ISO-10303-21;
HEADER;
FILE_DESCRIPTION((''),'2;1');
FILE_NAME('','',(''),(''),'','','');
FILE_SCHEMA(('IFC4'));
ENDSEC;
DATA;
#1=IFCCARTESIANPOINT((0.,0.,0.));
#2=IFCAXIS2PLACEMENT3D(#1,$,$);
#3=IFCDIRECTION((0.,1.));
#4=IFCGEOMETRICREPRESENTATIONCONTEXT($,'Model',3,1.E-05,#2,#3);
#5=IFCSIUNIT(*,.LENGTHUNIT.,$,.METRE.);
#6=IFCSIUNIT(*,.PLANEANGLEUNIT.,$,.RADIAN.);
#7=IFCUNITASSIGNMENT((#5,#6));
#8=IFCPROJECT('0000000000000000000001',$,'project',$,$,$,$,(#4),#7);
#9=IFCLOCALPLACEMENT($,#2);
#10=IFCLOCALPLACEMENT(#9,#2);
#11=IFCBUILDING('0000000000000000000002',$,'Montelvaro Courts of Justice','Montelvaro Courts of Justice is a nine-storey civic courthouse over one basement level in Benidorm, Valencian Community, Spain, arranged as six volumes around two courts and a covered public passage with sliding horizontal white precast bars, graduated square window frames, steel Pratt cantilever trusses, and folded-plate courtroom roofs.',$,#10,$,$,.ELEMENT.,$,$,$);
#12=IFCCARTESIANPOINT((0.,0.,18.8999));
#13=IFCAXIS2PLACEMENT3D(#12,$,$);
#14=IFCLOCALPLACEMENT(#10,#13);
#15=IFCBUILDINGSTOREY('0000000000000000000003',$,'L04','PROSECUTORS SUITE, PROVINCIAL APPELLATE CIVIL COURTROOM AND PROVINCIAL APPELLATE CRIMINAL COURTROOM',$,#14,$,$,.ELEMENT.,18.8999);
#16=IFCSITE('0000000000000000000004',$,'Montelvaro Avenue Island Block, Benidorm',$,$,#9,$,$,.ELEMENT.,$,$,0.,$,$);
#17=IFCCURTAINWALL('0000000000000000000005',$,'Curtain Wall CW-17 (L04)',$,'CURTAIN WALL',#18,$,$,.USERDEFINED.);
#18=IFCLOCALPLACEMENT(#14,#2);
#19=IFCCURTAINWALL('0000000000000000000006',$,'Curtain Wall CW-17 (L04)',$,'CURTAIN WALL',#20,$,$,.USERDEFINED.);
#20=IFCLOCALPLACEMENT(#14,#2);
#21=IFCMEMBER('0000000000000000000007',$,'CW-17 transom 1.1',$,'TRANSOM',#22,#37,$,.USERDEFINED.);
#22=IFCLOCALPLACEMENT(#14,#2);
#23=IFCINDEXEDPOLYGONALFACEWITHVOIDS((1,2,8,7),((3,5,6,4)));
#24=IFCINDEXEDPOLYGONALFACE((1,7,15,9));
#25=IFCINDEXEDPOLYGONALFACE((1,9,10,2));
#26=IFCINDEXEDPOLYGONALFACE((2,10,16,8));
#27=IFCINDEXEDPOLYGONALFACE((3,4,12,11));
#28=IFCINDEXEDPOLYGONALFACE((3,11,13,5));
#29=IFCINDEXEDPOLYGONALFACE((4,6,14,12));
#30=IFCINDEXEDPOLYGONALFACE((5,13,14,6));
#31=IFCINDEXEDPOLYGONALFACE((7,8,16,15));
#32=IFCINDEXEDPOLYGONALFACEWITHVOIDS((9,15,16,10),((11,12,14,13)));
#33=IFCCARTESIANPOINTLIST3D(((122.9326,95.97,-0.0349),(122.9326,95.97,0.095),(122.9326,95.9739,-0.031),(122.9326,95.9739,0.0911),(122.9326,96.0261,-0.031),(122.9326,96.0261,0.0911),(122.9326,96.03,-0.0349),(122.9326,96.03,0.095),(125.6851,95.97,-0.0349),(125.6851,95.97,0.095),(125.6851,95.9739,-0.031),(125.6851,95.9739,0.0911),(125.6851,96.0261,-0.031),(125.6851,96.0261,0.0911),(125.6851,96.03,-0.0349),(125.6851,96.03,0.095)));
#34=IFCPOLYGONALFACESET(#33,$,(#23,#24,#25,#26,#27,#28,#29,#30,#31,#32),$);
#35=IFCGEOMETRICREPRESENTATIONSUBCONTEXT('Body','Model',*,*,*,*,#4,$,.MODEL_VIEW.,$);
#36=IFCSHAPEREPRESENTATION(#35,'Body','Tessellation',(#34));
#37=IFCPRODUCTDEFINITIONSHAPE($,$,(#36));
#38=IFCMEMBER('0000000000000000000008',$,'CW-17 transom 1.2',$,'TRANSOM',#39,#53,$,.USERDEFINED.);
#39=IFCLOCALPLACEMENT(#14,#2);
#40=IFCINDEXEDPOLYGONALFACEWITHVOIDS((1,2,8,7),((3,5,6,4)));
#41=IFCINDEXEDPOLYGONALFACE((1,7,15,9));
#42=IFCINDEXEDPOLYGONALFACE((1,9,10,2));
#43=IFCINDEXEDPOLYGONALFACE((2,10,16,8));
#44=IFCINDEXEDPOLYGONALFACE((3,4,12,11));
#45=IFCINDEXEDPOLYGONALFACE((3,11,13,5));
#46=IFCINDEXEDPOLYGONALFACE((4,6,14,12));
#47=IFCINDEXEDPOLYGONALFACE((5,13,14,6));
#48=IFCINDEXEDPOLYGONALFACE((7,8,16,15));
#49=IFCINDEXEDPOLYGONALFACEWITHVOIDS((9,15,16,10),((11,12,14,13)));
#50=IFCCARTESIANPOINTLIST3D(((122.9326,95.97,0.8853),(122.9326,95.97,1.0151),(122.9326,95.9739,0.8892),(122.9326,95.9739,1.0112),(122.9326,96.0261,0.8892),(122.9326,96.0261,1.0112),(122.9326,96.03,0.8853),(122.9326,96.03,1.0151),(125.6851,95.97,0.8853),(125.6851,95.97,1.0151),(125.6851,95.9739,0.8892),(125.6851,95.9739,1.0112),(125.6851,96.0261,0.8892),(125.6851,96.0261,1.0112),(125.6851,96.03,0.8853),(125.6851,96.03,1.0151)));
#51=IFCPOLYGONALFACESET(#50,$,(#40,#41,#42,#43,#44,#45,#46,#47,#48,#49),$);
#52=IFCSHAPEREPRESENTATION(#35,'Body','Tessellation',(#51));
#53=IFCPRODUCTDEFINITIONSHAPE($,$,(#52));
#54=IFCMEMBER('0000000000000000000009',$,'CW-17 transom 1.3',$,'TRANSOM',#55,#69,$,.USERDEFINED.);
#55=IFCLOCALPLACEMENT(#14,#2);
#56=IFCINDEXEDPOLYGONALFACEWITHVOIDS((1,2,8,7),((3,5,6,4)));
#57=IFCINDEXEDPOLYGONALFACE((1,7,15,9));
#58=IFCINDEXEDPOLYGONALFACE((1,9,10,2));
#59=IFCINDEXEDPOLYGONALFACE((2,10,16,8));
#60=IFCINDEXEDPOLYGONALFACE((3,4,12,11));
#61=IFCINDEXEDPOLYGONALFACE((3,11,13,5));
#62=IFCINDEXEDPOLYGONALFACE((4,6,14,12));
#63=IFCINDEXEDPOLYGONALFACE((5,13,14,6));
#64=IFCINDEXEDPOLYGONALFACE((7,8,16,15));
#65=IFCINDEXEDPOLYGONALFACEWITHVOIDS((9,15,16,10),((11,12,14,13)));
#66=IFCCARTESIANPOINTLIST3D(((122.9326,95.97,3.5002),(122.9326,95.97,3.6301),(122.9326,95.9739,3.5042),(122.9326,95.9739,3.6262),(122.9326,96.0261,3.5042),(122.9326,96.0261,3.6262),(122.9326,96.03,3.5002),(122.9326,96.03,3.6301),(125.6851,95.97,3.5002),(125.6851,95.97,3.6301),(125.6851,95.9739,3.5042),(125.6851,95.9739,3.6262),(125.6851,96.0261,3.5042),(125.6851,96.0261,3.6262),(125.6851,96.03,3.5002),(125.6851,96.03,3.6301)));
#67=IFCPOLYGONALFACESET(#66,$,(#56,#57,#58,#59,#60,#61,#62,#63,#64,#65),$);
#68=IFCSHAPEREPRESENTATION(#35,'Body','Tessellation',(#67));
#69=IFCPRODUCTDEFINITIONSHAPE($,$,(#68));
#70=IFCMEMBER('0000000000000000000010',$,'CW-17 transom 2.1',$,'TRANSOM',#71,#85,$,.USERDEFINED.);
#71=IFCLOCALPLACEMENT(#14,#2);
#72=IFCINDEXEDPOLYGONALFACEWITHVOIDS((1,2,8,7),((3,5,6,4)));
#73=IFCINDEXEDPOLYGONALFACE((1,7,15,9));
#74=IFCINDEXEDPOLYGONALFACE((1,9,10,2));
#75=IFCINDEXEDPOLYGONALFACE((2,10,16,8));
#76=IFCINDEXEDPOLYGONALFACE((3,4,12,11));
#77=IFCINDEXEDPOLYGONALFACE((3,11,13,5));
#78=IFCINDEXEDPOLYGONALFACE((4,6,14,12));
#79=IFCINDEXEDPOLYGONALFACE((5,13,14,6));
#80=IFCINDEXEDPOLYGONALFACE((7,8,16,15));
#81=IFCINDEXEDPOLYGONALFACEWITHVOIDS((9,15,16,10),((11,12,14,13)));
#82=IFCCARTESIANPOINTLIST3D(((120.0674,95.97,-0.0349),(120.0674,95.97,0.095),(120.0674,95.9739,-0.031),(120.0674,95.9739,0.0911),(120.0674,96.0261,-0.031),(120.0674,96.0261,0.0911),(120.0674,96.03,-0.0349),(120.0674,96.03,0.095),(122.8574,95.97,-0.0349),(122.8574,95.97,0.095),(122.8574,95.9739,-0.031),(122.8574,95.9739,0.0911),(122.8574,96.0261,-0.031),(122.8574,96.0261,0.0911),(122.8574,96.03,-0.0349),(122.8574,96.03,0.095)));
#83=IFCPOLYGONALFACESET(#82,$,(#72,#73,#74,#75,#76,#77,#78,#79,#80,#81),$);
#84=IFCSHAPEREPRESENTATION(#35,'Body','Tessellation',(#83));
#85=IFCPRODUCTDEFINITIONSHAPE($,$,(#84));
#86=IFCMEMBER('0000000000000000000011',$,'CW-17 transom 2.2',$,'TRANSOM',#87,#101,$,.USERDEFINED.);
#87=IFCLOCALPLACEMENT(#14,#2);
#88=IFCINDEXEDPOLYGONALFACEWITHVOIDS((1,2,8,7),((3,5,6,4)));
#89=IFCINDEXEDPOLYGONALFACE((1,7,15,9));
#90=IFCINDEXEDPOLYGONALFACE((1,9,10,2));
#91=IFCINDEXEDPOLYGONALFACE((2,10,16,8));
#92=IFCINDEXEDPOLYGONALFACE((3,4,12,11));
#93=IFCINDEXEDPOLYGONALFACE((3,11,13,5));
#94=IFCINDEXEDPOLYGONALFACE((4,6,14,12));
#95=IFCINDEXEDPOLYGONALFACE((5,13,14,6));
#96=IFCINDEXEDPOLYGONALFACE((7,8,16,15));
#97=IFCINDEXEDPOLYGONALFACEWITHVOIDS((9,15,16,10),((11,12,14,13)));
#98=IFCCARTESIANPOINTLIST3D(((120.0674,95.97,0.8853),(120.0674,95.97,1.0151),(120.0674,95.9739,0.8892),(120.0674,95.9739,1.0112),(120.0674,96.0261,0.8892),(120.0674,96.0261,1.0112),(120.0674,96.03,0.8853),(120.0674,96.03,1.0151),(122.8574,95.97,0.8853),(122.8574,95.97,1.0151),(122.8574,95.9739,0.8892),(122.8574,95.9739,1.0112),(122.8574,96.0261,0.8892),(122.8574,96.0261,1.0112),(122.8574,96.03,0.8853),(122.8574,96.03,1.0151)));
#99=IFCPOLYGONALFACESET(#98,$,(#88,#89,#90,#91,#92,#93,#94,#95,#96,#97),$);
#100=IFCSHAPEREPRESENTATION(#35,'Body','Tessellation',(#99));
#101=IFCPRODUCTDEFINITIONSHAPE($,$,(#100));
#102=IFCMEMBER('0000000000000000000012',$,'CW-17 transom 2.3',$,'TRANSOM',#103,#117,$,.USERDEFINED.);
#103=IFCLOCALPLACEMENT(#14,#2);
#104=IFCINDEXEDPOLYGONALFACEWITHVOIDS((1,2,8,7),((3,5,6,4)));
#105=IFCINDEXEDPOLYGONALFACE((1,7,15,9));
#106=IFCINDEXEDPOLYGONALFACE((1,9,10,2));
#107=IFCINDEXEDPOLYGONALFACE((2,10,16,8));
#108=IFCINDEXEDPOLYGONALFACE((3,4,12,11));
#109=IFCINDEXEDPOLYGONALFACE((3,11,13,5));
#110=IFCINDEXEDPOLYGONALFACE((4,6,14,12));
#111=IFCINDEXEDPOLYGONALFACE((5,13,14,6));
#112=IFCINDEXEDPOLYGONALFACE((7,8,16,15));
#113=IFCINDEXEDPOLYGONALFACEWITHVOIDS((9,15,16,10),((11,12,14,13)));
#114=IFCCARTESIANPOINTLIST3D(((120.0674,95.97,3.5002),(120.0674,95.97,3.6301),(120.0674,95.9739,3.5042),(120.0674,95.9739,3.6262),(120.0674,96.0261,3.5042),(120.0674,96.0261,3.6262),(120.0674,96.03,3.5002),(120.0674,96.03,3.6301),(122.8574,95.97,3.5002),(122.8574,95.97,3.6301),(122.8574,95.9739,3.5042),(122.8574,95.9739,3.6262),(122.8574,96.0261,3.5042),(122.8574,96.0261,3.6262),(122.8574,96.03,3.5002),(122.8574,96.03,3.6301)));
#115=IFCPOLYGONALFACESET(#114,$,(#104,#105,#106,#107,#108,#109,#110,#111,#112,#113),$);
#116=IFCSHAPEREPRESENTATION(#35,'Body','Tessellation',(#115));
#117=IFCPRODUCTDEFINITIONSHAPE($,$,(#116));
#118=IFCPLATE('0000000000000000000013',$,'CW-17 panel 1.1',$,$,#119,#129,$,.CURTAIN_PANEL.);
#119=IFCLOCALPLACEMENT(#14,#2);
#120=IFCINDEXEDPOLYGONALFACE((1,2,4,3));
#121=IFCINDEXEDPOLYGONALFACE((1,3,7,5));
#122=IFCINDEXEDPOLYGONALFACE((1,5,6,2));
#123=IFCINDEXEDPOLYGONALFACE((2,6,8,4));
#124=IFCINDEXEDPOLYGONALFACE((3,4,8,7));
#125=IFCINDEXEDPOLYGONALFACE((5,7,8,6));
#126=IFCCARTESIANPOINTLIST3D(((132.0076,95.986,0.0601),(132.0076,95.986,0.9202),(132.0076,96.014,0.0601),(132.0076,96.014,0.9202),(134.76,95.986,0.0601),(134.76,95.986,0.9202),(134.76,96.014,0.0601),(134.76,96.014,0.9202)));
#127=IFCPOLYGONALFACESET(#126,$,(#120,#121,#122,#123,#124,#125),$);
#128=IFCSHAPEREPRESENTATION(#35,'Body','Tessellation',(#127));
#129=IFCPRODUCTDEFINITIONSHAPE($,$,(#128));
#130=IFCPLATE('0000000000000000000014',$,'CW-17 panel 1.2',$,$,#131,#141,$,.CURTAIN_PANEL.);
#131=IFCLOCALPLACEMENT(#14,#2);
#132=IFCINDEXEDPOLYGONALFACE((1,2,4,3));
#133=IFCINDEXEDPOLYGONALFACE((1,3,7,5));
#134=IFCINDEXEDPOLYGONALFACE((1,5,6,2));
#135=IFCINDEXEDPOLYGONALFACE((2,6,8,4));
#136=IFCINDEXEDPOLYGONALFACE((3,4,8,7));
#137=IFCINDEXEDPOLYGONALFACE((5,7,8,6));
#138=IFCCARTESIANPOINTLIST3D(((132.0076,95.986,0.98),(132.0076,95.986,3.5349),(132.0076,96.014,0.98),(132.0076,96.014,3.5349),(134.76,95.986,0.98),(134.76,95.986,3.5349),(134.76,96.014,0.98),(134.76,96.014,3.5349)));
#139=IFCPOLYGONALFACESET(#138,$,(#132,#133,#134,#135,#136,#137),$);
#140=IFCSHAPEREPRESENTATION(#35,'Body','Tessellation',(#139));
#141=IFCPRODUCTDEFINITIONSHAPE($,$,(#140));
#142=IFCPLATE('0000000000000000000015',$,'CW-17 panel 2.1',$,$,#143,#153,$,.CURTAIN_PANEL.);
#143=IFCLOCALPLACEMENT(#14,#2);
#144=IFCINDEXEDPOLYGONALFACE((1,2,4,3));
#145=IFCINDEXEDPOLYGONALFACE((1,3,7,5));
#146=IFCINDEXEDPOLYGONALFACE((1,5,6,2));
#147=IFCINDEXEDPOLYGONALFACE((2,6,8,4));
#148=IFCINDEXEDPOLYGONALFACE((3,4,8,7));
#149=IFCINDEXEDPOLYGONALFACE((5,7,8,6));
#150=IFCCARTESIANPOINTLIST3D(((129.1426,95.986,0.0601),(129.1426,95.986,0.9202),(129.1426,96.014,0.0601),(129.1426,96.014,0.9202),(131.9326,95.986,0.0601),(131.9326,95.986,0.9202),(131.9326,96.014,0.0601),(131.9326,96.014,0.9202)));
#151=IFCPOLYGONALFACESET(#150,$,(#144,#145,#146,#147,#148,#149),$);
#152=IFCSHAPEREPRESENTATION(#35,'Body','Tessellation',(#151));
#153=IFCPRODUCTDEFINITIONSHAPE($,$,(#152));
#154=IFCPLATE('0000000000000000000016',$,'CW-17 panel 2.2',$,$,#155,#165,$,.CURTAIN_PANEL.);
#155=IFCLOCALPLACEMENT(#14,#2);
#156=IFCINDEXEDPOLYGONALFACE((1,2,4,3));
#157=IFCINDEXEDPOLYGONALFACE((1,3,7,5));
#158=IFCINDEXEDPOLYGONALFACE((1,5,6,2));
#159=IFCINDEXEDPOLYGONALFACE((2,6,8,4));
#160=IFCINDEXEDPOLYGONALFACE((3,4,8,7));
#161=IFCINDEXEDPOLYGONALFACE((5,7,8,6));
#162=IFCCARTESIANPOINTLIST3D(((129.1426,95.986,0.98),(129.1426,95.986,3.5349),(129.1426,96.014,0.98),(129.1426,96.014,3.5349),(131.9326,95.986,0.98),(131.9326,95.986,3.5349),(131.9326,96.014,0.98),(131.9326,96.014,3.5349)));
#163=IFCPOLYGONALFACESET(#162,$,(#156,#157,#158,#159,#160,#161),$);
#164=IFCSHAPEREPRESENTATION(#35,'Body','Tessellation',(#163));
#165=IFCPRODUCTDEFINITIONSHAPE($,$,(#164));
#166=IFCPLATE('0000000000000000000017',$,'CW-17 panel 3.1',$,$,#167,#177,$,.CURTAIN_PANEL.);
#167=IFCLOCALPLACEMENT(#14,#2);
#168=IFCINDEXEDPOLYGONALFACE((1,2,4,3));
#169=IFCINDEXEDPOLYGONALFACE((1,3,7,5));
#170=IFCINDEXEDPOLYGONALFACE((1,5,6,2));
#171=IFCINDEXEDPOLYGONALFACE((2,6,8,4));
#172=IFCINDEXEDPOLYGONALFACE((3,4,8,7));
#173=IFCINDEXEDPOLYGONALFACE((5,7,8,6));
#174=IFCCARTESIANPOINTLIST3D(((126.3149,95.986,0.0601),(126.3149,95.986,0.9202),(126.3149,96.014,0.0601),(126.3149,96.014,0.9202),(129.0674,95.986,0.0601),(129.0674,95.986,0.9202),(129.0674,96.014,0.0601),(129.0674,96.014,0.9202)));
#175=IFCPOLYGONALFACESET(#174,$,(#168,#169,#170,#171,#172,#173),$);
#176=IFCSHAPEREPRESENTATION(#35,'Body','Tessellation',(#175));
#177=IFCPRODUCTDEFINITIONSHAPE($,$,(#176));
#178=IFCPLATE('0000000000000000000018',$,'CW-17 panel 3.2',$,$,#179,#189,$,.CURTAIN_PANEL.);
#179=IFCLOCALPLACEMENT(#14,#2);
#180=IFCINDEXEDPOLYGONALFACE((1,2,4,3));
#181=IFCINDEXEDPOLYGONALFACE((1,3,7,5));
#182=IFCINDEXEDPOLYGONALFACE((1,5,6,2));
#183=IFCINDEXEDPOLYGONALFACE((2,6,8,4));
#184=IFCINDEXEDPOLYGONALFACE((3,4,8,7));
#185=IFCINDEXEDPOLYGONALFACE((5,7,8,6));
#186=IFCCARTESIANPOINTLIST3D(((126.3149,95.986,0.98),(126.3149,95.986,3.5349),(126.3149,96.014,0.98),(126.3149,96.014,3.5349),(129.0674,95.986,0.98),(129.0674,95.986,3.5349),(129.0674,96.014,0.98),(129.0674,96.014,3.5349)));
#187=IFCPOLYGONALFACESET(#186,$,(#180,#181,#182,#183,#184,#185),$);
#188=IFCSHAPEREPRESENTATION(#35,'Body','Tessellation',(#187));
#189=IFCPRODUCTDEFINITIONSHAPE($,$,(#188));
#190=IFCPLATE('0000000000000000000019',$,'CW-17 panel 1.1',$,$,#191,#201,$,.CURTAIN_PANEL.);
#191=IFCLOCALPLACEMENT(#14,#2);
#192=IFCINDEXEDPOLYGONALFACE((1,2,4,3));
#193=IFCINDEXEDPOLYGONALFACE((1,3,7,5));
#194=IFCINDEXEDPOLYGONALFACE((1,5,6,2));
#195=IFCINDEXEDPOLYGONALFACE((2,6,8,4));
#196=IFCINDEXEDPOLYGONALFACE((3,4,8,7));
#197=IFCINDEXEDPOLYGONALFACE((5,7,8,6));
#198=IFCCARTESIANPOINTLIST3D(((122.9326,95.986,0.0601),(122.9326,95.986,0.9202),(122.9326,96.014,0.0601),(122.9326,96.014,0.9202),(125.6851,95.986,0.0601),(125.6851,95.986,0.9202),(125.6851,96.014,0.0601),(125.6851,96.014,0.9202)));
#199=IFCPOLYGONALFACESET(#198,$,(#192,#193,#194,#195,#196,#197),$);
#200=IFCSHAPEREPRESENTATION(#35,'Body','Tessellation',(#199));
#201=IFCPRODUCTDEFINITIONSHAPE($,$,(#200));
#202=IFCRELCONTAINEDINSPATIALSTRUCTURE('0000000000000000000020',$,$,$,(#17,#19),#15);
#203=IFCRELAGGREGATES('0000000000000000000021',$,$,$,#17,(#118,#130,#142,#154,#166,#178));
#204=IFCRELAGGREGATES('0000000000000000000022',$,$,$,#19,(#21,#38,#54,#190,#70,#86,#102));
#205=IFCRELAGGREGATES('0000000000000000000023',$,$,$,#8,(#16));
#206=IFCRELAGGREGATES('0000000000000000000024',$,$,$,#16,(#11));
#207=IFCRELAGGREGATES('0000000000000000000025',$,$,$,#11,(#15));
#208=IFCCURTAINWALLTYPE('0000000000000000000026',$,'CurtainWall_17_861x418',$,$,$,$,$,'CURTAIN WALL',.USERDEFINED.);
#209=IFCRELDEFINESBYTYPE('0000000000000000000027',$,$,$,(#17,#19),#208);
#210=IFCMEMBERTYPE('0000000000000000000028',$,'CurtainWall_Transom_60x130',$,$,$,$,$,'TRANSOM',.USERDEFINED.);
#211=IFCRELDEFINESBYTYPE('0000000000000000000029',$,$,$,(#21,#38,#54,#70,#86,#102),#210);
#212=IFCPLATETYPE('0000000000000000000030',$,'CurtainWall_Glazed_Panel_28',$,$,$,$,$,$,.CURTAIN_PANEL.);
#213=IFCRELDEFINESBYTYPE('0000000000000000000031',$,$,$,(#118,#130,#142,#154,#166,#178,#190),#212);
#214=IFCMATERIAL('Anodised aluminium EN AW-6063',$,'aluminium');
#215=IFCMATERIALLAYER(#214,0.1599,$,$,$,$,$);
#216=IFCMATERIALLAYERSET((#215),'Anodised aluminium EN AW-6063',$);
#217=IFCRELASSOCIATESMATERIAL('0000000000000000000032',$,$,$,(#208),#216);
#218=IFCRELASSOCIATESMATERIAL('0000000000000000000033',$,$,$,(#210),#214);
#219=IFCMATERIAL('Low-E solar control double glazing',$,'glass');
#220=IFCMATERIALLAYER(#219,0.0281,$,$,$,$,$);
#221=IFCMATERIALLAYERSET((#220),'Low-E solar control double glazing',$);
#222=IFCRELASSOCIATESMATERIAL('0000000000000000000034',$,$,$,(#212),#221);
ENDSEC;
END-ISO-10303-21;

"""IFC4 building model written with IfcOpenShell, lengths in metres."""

from ifc_helpers import new_model, si_unit, direction, frame, origin, origin_2d, place, context, subcontext, project, spatial, rectangle, hollow_rectangle, extrude, material, layer, layer_set, material_profile, profile_set, type_object, element, aggregate, save


model = new_model("IFC4")

# Units and contexts
model_context = context("Model", 3, precision=1e-05, world=origin(), true_north=direction((0.0, 1.0)))
body_context = subcontext(model_context, "Body", "Model", "MODEL_VIEW")
ifc_project = project(units=[si_unit("LENGTHUNIT", "METRE"), si_unit("PLANEANGLEUNIT", "RADIAN")], contexts=[model_context])

# Site, building, storey
site_placement = place(None, origin())
site = spatial("IfcSite", under=ifc_project, at=site_placement, Name="Montelvaro Avenue Island Block, Benidorm", CompositionType="ELEMENT", RefElevation=0.0)
building_placement = place(site_placement, origin())
building = spatial("IfcBuilding", under=site, at=building_placement, Name="Montelvaro Courts of Justice", Description="Montelvaro Courts of Justice is a nine-storey civic courthouse over one basement level in Benidorm, Valencian Community, Spain, arranged as six volumes around two courts and a covered public passage with sliding horizontal white precast bars, graduated square window frames, steel Pratt cantilever trusses, and folded-plate courtroom roofs.", CompositionType="ELEMENT")
storey_placement = place(building_placement, frame((0.0, 0.0, 18.8999)))
storey = spatial("IfcBuildingStorey", under=building, at=storey_placement, Name="L04", Description="PROSECUTORS SUITE, PROVINCIAL APPELLATE CIVIL COURTROOM AND PROVINCIAL APPELLATE CRIMINAL COURTROOM", CompositionType="ELEMENT", Elevation=18.8999)

# Shared definitions
ifc_material_1 = material(Name="Anodised aluminium EN AW-6063", Category="aluminium")

# Curtain walls
ifc_layer_1 = layer(ifc_material_1, 0.1599)
ifc_layer_set_1 = layer_set([ifc_layer_1], Name="Anodised aluminium EN AW-6063")
curtain_wall_type_1 = type_object("IfcCurtainWallType", Name="CurtainWall_17_861x418", ElementType="CURTAIN WALL", PredefinedType="USERDEFINED", material=ifc_layer_set_1)
curtain_wall_1_placement = place(storey_placement, origin())
curtain_wall_1 = element("IfcCurtainWall", 1, at=curtain_wall_1_placement, inside=storey, type_object=curtain_wall_type_1, Name="Curtain Wall CW-17 (L04)", ObjectType="CURTAIN WALL", PredefinedType="USERDEFINED")
curtain_wall_2_placement = place(storey_placement, origin())
curtain_wall_2 = element("IfcCurtainWall", 2, at=curtain_wall_2_placement, inside=storey, type_object=curtain_wall_type_1, Name="Curtain Wall CW-17 (L04)", ObjectType="CURTAIN WALL", PredefinedType="USERDEFINED")

# Members
ifc_material_profile_1 = material_profile(ifc_material_1, hollow_rectangle(XDim=0.0601, YDim=0.1299, WallThickness=0.0039, at=origin_2d()), Name="ALU-T 60x130")
ifc_profile_set_1 = profile_set([ifc_material_profile_1], Name="Anodised aluminium EN AW-6063")
member_type_1 = type_object("IfcMemberType", Name="CurtainWall_Transom_60x130", ElementType="TRANSOM", PredefinedType="USERDEFINED", material=ifc_profile_set_1)
member_1_placement = place(storey_placement, frame((125.6851, 96.0, 0.03), z_axis=(-1.0, 0.0, 0.0), x_axis=(0.0, -1.0, 0.0)))
member_1 = element("IfcMember", 3, at=member_1_placement, type_object=member_type_1, Name="CW-17 transom 1.1", ObjectType="TRANSOM", PredefinedType="USERDEFINED", context=body_context, shape_type="SweptSolid", body=[
    extrude(hollow_rectangle(XDim=0.0601, YDim=0.1299, WallThickness=0.0039, at=origin_2d()), origin(), (0.0, 0.0, 1.0), 2.7524),
])
member_2_placement = place(storey_placement, frame((125.6851, 96.0, 0.9502), z_axis=(-1.0, 0.0, 0.0), x_axis=(0.0, -1.0, 0.0)))
member_2 = element("IfcMember", 4, at=member_2_placement, type_object=member_type_1, Name="CW-17 transom 1.2", ObjectType="TRANSOM", PredefinedType="USERDEFINED", context=body_context, shape_type="SweptSolid", body=[
    extrude(hollow_rectangle(XDim=0.0601, YDim=0.1299, WallThickness=0.0039, at=origin_2d()), origin(), (0.0, 0.0, 1.0), 2.7524),
])
member_3_placement = place(storey_placement, frame((125.6851, 96.0, 3.5652), z_axis=(-1.0, 0.0, 0.0), x_axis=(0.0, -1.0, 0.0)))
member_3 = element("IfcMember", 5, at=member_3_placement, type_object=member_type_1, Name="CW-17 transom 1.3", ObjectType="TRANSOM", PredefinedType="USERDEFINED", context=body_context, shape_type="SweptSolid", body=[
    extrude(hollow_rectangle(XDim=0.0601, YDim=0.1299, WallThickness=0.0039, at=origin_2d()), origin(), (0.0, 0.0, 1.0), 2.7524),
])
member_4_placement = place(storey_placement, frame((122.8574, 96.0, 0.03), z_axis=(-1.0, 0.0, 0.0), x_axis=(0.0, -1.0, 0.0)))
member_4 = element("IfcMember", 6, at=member_4_placement, type_object=member_type_1, Name="CW-17 transom 2.1", ObjectType="TRANSOM", PredefinedType="USERDEFINED", context=body_context, shape_type="SweptSolid", body=[
    extrude(hollow_rectangle(XDim=0.0601, YDim=0.1299, WallThickness=0.0039, at=origin_2d()), origin(), (0.0, 0.0, 1.0), 2.79),
])
member_5_placement = place(storey_placement, frame((122.8574, 96.0, 0.9502), z_axis=(-1.0, 0.0, 0.0), x_axis=(0.0, -1.0, 0.0)))
member_5 = element("IfcMember", 7, at=member_5_placement, type_object=member_type_1, Name="CW-17 transom 2.2", ObjectType="TRANSOM", PredefinedType="USERDEFINED", context=body_context, shape_type="SweptSolid", body=[
    extrude(hollow_rectangle(XDim=0.0601, YDim=0.1299, WallThickness=0.0039, at=origin_2d()), origin(), (0.0, 0.0, 1.0), 2.79),
])
member_6_placement = place(storey_placement, frame((122.8574, 96.0, 3.5652), z_axis=(-1.0, 0.0, 0.0), x_axis=(0.0, -1.0, 0.0)))
member_6 = element("IfcMember", 8, at=member_6_placement, type_object=member_type_1, Name="CW-17 transom 2.3", ObjectType="TRANSOM", PredefinedType="USERDEFINED", context=body_context, shape_type="SweptSolid", body=[
    extrude(hollow_rectangle(XDim=0.0601, YDim=0.1299, WallThickness=0.0039, at=origin_2d()), origin(), (0.0, 0.0, 1.0), 2.79),
])

# Plates
ifc_material_2 = material(Name="Low-E solar control double glazing", Category="glass")
ifc_layer_2 = layer(ifc_material_2, 0.0281)
ifc_layer_set_2 = layer_set([ifc_layer_2], Name="Low-E solar control double glazing")
plate_type = type_object("IfcPlateType", Name="CurtainWall_Glazed_Panel_28", PredefinedType="CURTAIN_PANEL", material=ifc_layer_set_2)
plate_1_placement = place(storey_placement, frame((133.3838, 96.0, 0.0601), z_axis=(0.0, 0.0, 1.0), x_axis=(-1.0, 0.0, 0.0)))
plate_1 = element("IfcPlate", 9, at=plate_1_placement, type_object=plate_type, Name="CW-17 panel 1.1", PredefinedType="CURTAIN_PANEL", context=body_context, shape_type="SweptSolid", body=[
    extrude(rectangle(XDim=2.7524, YDim=0.0281, at=origin_2d()), origin(), (0.0, 0.0, 1.0), 0.8601),
])
plate_2_placement = place(storey_placement, frame((133.3838, 96.0, 0.98), z_axis=(0.0, 0.0, 1.0), x_axis=(-1.0, 0.0, 0.0)))
plate_2 = element("IfcPlate", 10, at=plate_2_placement, type_object=plate_type, Name="CW-17 panel 1.2", PredefinedType="CURTAIN_PANEL", context=body_context, shape_type="SweptSolid", body=[
    extrude(rectangle(XDim=2.7524, YDim=0.0281, at=origin_2d()), origin(), (0.0, 0.0, 1.0), 2.5549),
])
plate_3_placement = place(storey_placement, frame((130.5376, 96.0, 0.0601), z_axis=(0.0, 0.0, 1.0), x_axis=(-1.0, 0.0, 0.0)))
plate_3 = element("IfcPlate", 11, at=plate_3_placement, type_object=plate_type, Name="CW-17 panel 2.1", PredefinedType="CURTAIN_PANEL", context=body_context, shape_type="SweptSolid", body=[
    extrude(rectangle(XDim=2.79, YDim=0.0281, at=origin_2d()), origin(), (0.0, 0.0, 1.0), 0.8601),
])
plate_4_placement = place(storey_placement, frame((130.5376, 96.0, 0.98), z_axis=(0.0, 0.0, 1.0), x_axis=(-1.0, 0.0, 0.0)))
plate_4 = element("IfcPlate", 12, at=plate_4_placement, type_object=plate_type, Name="CW-17 panel 2.2", PredefinedType="CURTAIN_PANEL", context=body_context, shape_type="SweptSolid", body=[
    extrude(rectangle(XDim=2.79, YDim=0.0281, at=origin_2d()), origin(), (0.0, 0.0, 1.0), 2.5549),
])
plate_5_placement = place(storey_placement, frame((127.6912, 96.0, 0.0601), z_axis=(0.0, 0.0, 1.0), x_axis=(-1.0, 0.0, 0.0)))
plate_5 = element("IfcPlate", 13, at=plate_5_placement, type_object=plate_type, Name="CW-17 panel 3.1", PredefinedType="CURTAIN_PANEL", context=body_context, shape_type="SweptSolid", body=[
    extrude(rectangle(XDim=2.7524, YDim=0.0281, at=origin_2d()), origin(), (0.0, 0.0, 1.0), 0.8601),
])
plate_6_placement = place(storey_placement, frame((127.6912, 96.0, 0.98), z_axis=(0.0, 0.0, 1.0), x_axis=(-1.0, 0.0, 0.0)))
plate_6 = element("IfcPlate", 14, at=plate_6_placement, type_object=plate_type, Name="CW-17 panel 3.2", PredefinedType="CURTAIN_PANEL", context=body_context, shape_type="SweptSolid", body=[
    extrude(rectangle(XDim=2.7524, YDim=0.0281, at=origin_2d()), origin(), (0.0, 0.0, 1.0), 2.5549),
])
aggregate(curtain_wall_1, [plate_1, plate_2, plate_3, plate_4, plate_5, plate_6])
plate_7_placement = place(storey_placement, frame((124.3088, 96.0, 0.0601), z_axis=(0.0, 0.0, 1.0), x_axis=(-1.0, 0.0, 0.0)))
plate_7 = element("IfcPlate", 15, at=plate_7_placement, type_object=plate_type, Name="CW-17 panel 1.1", PredefinedType="CURTAIN_PANEL", context=body_context, shape_type="SweptSolid", body=[
    extrude(rectangle(XDim=2.7524, YDim=0.0281, at=origin_2d()), origin(), (0.0, 0.0, 1.0), 0.8601),
])
aggregate(curtain_wall_2, [member_1, member_2, member_3, plate_7, member_4, member_5, member_6])

save(model, "model.ifc")
